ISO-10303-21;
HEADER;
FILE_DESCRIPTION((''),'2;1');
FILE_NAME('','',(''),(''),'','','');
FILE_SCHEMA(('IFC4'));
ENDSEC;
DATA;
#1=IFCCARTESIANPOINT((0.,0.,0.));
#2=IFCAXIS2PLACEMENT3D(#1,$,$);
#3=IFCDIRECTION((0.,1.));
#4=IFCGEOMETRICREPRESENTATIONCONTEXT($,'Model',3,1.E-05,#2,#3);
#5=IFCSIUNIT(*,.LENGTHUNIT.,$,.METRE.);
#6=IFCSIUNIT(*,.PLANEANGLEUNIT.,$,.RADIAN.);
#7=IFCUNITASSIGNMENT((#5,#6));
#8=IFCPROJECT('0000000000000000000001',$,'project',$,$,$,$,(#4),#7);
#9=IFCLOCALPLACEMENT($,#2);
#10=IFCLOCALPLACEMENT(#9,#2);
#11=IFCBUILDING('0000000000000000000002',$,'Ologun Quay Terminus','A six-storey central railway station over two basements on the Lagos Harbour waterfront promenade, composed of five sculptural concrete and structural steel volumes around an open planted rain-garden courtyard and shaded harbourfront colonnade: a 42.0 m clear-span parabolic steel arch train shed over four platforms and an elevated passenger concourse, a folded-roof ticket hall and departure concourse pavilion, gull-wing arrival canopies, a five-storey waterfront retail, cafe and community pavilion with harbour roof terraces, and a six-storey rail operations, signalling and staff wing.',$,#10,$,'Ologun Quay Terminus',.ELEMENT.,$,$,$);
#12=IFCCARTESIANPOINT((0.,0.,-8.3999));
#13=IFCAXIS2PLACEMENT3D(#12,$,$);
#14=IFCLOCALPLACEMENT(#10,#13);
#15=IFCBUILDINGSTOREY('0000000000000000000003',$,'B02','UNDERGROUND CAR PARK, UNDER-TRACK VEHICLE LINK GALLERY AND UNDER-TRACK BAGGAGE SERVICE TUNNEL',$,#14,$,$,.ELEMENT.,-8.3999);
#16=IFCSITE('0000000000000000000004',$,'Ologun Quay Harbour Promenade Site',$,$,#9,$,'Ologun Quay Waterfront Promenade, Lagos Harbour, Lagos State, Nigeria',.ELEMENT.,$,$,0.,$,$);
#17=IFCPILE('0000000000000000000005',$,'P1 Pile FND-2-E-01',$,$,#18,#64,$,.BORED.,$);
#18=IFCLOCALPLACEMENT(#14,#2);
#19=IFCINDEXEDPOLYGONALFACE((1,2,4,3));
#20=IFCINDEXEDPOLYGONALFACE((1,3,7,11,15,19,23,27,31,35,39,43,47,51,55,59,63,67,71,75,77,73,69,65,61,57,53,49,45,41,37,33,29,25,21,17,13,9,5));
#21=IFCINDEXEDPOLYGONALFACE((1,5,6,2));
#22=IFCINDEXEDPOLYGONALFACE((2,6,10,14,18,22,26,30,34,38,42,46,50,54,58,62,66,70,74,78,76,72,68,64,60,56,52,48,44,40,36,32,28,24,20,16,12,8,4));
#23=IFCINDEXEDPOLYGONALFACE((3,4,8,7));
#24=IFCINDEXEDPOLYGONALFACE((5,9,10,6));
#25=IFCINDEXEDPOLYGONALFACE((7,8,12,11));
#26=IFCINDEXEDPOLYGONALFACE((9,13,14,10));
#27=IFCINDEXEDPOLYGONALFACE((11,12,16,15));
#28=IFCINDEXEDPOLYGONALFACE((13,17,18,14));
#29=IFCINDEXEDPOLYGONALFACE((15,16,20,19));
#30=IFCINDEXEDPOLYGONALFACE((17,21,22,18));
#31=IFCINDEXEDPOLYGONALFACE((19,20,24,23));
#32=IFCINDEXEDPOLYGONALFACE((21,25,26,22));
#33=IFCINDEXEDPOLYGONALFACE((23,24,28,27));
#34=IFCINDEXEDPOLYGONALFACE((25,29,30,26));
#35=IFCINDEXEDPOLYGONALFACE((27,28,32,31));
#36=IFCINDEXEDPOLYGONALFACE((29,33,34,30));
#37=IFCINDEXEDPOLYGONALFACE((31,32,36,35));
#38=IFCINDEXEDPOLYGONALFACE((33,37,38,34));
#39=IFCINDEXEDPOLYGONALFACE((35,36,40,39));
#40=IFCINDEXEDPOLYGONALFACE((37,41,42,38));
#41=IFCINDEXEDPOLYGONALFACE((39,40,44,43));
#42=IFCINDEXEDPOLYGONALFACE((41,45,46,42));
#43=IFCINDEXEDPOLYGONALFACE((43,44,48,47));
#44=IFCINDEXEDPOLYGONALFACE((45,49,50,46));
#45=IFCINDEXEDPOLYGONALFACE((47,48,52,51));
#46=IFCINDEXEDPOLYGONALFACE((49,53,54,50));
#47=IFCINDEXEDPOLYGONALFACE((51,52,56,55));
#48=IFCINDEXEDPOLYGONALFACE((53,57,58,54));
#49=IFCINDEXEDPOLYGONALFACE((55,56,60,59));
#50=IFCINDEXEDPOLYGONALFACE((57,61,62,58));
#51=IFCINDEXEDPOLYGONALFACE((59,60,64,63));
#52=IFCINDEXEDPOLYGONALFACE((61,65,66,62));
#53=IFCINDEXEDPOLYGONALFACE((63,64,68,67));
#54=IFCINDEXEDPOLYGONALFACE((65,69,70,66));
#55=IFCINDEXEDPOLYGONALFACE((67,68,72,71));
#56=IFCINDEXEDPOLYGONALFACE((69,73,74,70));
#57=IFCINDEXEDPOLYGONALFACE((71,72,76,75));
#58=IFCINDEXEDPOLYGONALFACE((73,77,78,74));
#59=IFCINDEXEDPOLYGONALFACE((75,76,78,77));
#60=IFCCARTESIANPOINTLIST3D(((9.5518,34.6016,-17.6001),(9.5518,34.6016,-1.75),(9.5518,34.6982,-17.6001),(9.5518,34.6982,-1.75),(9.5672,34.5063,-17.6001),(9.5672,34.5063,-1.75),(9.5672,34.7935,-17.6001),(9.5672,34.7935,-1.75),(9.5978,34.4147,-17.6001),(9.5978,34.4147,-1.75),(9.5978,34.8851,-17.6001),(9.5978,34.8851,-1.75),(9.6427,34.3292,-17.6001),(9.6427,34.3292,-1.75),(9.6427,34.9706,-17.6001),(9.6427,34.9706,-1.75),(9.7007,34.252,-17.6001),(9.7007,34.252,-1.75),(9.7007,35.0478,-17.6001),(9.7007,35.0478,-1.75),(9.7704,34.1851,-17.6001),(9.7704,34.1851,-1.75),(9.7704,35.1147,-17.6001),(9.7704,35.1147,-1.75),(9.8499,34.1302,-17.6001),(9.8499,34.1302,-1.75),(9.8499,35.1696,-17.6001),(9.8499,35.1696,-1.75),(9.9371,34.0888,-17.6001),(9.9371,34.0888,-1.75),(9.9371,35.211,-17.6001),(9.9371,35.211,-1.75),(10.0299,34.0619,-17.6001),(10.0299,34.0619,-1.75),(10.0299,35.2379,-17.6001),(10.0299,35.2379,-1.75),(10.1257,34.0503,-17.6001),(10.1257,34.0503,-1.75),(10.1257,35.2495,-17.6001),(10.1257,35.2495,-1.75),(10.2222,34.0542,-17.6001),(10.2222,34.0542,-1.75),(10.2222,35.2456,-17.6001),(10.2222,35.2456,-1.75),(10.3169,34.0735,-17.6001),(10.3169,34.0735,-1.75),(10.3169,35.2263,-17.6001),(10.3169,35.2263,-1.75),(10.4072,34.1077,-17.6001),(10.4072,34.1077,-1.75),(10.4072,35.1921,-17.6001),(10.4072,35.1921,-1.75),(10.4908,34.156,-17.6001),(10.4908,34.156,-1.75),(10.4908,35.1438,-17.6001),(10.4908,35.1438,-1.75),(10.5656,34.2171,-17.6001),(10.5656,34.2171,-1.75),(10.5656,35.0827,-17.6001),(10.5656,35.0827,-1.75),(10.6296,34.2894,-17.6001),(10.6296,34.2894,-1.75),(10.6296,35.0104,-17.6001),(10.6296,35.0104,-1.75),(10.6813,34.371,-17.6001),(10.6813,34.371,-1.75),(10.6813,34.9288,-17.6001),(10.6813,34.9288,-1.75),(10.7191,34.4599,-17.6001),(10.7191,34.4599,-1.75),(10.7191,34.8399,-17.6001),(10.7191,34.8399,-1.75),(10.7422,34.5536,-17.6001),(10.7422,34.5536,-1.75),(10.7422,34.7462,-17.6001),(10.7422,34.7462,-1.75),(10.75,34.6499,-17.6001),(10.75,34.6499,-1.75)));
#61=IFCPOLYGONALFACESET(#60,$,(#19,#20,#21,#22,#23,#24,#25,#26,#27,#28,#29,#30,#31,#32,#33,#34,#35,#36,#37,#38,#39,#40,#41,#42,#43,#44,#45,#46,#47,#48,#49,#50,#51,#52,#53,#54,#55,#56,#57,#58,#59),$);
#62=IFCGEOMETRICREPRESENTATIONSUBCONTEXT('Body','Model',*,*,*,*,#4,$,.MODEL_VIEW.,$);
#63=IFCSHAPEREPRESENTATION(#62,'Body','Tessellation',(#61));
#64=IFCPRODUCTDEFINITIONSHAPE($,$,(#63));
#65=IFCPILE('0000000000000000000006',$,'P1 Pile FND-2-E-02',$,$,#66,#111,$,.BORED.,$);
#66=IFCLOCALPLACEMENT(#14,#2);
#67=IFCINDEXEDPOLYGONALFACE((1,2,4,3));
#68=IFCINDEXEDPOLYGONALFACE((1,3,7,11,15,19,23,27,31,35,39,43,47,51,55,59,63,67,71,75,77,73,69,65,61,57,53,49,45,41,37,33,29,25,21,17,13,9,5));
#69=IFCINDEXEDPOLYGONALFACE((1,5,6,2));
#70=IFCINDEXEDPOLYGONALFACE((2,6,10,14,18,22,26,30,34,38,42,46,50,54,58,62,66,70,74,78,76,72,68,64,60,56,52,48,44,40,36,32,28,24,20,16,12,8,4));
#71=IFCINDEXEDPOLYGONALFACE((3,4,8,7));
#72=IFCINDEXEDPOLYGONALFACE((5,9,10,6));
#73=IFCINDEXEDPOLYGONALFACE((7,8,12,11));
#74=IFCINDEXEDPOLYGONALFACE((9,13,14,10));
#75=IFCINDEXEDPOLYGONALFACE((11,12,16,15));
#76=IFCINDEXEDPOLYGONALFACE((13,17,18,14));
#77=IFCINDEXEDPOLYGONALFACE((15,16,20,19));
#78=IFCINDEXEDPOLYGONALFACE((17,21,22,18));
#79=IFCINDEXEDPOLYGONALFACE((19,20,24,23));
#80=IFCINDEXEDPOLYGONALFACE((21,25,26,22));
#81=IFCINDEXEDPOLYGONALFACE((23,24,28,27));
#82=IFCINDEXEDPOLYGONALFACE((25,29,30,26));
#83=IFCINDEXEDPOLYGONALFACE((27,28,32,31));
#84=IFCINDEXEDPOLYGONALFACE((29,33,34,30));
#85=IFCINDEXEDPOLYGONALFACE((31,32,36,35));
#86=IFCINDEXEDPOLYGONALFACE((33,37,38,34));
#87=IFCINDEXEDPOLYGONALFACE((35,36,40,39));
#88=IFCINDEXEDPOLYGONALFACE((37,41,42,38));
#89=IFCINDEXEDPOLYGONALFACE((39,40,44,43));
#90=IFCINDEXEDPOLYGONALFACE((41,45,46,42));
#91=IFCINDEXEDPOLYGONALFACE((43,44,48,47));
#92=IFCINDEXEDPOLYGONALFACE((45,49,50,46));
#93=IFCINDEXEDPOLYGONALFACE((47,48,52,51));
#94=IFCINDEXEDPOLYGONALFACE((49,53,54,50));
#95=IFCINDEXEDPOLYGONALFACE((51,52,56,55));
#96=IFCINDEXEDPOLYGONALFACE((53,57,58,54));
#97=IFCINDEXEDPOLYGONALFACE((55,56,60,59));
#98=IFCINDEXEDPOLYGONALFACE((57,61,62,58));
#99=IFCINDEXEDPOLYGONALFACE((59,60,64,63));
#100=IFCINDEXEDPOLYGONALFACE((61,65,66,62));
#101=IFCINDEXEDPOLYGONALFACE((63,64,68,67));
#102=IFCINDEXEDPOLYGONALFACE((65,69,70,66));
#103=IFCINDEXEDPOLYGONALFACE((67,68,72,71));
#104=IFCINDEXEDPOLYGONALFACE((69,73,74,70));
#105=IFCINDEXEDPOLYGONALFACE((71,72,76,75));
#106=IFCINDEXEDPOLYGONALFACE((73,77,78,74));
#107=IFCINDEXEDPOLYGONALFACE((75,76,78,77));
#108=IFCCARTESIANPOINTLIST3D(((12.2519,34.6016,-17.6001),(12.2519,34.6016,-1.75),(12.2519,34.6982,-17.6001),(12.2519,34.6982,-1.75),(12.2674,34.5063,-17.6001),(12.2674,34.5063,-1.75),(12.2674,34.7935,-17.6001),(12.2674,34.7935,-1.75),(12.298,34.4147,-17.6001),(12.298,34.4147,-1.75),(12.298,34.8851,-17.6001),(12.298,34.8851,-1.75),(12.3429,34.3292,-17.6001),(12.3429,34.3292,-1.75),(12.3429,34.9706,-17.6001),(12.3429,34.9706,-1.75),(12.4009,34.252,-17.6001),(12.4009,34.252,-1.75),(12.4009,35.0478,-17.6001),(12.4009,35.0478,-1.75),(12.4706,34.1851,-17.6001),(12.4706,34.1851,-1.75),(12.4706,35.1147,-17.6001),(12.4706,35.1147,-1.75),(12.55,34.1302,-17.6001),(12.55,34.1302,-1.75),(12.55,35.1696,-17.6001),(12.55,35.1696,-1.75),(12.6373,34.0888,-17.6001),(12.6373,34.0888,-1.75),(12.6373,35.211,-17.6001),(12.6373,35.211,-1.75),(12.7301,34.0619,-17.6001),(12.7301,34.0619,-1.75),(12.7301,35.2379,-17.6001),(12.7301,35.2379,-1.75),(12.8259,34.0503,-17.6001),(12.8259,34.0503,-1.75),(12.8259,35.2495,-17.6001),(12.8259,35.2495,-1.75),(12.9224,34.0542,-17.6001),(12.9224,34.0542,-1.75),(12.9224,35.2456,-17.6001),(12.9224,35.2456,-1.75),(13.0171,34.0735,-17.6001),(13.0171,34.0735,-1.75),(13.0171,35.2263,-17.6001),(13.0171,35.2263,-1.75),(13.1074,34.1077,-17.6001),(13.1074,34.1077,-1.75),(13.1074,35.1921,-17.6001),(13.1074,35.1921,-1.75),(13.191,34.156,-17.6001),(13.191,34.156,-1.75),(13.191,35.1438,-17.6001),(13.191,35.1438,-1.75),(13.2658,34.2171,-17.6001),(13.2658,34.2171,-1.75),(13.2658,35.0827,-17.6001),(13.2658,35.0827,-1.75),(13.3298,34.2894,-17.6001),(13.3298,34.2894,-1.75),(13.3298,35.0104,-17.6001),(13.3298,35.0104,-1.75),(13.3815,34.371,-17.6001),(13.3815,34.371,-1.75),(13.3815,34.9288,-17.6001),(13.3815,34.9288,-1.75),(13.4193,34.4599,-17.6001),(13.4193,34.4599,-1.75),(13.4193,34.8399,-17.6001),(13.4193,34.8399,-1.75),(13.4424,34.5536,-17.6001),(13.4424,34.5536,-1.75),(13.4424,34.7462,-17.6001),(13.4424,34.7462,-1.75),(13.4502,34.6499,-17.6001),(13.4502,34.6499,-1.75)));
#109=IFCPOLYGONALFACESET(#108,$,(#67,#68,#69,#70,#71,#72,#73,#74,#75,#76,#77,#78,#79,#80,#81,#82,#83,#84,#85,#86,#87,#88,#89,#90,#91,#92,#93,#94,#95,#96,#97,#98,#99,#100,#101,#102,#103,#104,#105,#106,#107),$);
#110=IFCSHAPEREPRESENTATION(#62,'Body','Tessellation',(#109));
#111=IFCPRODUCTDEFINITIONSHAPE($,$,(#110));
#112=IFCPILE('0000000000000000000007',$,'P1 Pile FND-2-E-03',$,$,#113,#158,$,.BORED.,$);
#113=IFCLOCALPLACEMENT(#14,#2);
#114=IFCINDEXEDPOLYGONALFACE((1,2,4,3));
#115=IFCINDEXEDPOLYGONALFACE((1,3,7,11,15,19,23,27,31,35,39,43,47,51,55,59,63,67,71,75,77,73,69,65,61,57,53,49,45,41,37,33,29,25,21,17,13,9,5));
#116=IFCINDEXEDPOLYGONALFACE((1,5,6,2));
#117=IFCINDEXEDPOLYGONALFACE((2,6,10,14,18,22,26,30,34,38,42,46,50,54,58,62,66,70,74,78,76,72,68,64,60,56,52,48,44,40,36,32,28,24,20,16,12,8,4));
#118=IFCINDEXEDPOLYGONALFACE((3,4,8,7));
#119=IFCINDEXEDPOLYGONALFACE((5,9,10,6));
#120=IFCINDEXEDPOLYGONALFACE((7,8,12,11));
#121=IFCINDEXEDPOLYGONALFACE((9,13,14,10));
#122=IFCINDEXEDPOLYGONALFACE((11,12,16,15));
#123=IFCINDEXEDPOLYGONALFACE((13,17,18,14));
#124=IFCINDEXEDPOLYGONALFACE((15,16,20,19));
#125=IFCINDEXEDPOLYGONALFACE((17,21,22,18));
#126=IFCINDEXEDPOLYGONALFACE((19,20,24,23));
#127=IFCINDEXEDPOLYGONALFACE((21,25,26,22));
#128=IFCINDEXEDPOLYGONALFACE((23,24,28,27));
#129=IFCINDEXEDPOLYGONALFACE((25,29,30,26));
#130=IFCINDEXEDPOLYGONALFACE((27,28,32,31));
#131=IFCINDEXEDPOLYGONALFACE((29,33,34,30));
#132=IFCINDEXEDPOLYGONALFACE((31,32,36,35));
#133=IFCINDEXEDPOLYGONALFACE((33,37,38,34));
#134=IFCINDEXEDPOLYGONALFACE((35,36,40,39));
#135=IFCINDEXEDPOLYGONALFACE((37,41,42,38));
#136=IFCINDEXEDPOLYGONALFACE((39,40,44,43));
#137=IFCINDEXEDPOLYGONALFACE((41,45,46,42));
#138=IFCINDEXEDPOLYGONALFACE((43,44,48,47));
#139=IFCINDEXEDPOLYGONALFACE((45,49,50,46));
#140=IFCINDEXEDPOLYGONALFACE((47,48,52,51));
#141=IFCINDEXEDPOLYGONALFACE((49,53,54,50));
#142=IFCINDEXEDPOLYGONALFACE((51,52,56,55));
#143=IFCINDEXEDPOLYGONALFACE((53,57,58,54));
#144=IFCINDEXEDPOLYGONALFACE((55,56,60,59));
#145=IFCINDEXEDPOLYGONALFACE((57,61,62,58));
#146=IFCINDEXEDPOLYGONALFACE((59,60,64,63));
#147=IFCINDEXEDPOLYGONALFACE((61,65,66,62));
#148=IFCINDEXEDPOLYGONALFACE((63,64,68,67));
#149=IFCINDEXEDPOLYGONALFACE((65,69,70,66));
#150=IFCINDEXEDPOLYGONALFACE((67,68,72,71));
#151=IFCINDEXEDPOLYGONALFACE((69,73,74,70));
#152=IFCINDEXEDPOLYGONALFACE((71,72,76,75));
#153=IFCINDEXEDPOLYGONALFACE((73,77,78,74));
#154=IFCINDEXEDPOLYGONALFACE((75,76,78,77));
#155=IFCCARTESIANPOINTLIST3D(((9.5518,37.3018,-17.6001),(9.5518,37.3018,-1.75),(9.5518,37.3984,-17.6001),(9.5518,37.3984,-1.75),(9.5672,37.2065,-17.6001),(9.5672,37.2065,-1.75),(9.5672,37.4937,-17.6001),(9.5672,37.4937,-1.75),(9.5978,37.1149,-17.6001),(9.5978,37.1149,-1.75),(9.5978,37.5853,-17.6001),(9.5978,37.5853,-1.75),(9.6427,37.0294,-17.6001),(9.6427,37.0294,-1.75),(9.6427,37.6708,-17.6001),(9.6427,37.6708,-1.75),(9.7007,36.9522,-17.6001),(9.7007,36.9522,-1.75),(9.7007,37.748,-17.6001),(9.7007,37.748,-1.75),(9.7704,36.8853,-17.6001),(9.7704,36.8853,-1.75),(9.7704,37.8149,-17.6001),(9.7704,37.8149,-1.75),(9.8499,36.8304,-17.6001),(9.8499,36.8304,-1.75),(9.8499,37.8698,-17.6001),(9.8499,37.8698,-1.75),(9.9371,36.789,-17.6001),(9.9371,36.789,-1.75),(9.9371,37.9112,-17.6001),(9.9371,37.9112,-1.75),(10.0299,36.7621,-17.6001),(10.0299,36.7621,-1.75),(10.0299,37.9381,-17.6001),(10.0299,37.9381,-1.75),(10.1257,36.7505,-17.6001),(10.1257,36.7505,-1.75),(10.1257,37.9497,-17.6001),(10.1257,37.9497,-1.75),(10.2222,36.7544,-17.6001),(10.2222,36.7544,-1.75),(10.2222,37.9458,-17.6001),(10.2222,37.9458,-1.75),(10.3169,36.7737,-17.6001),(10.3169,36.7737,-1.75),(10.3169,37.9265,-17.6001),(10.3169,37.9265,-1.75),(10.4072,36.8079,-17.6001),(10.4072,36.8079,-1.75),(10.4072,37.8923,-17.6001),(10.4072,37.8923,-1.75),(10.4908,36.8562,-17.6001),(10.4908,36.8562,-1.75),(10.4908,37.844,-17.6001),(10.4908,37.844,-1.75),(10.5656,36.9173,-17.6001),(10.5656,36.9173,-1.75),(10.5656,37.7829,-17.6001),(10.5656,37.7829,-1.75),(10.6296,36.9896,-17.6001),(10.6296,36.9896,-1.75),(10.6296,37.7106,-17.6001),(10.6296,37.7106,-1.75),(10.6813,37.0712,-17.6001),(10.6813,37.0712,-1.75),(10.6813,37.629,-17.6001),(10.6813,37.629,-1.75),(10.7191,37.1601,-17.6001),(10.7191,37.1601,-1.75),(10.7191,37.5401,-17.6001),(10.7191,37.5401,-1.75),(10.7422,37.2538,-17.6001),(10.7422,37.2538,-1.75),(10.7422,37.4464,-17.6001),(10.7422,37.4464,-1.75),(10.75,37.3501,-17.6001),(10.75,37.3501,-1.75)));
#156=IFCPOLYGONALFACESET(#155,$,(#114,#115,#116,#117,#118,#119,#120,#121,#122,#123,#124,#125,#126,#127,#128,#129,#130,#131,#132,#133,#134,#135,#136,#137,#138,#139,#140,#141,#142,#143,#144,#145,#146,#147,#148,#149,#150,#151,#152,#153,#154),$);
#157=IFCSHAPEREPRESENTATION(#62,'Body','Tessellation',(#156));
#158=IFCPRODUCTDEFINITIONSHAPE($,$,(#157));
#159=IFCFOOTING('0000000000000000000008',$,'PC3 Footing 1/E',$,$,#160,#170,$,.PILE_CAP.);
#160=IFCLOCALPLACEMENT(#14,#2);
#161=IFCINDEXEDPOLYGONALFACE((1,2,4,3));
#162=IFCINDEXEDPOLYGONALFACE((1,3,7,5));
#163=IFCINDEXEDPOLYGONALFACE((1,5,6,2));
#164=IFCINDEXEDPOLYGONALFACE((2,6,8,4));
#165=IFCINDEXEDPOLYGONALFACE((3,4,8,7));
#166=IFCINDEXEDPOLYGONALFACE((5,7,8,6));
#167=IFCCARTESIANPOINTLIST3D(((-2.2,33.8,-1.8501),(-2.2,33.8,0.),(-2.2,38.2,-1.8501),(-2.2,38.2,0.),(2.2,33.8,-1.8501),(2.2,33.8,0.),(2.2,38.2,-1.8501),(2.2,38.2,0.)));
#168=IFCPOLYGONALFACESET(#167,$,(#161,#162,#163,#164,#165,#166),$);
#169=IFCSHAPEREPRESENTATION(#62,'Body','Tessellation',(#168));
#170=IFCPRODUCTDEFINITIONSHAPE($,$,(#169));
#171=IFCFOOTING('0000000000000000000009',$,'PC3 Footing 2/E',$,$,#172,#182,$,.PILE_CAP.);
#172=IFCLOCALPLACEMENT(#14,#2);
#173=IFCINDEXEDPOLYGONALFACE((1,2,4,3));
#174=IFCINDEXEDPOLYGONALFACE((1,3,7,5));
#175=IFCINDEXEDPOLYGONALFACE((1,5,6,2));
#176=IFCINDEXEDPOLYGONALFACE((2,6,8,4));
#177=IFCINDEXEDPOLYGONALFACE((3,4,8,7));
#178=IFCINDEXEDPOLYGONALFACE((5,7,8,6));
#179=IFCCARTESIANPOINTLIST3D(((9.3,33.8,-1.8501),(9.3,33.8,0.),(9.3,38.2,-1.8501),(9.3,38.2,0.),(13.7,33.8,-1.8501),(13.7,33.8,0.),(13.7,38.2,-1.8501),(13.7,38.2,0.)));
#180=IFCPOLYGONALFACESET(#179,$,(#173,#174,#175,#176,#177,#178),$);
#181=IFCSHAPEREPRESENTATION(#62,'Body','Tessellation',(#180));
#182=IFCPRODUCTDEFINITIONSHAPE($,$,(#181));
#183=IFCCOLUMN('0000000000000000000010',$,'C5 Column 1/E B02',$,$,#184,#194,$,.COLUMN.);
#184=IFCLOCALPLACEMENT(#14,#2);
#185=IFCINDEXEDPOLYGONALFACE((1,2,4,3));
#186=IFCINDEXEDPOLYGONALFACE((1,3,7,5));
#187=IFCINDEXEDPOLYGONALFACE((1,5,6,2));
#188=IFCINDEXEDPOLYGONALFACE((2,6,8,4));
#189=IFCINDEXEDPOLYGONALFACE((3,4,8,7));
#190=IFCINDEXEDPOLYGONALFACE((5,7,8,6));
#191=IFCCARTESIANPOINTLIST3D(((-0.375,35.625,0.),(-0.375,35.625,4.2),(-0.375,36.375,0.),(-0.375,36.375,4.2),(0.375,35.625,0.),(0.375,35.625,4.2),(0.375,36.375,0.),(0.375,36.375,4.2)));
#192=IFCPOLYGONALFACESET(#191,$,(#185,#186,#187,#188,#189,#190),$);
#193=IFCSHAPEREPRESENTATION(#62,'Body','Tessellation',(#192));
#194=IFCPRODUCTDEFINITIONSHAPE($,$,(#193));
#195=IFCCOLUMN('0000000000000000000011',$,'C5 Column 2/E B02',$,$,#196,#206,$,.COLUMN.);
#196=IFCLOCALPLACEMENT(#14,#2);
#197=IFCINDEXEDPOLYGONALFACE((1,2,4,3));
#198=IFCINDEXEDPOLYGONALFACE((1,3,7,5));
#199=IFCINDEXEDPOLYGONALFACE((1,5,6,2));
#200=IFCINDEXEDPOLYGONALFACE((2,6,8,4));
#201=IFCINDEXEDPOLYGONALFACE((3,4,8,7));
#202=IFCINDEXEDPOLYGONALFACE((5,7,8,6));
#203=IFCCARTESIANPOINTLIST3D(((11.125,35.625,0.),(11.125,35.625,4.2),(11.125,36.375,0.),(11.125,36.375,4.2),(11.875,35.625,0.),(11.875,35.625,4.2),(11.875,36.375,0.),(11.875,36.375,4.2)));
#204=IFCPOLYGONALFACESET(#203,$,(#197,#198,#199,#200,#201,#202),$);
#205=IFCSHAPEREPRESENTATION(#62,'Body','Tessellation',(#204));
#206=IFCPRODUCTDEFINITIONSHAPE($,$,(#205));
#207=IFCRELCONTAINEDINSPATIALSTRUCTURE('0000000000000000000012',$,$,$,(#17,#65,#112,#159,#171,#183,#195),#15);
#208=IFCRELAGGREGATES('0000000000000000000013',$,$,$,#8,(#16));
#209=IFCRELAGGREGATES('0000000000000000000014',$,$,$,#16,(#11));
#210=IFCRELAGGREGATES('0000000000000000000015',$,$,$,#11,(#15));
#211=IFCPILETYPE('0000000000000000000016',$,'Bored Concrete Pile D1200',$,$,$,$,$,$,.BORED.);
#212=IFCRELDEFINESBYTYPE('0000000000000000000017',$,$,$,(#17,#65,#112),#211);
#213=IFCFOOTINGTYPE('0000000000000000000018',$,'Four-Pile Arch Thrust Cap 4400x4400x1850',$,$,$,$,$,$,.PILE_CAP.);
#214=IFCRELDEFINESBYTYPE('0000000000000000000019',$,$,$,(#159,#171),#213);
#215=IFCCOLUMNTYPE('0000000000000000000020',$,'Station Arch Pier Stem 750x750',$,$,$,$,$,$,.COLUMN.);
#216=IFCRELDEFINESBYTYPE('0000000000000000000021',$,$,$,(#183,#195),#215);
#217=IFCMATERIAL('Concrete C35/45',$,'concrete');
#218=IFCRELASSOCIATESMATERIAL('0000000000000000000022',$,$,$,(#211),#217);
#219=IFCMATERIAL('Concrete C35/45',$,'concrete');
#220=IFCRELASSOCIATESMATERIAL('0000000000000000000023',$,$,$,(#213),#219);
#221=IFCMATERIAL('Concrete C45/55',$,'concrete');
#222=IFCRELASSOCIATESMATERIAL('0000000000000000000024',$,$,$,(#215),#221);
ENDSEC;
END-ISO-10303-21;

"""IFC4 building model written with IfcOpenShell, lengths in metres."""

from ifc_helpers import new_model, si_unit, direction, frame, origin, origin_2d, place, context, subcontext, project, spatial, rectangle, circle, extrude, material, material_profile, profile_set, type_object, element, save


model = new_model("IFC4")

# Units and contexts
model_context = context("Model", 3, precision=1e-05, world=origin(), true_north=direction((0.0, 1.0)))
body_context = subcontext(model_context, "Body", "Model", "MODEL_VIEW")
ifc_project = project(units=[si_unit("LENGTHUNIT", "METRE"), si_unit("PLANEANGLEUNIT", "RADIAN")], contexts=[model_context])

# Site, building, storey
site_placement = place(None, origin())
site = spatial("IfcSite", under=ifc_project, at=site_placement, Name="Ologun Quay Harbour Promenade Site", LongName="Ologun Quay Waterfront Promenade, Lagos Harbour, Lagos State, Nigeria", CompositionType="ELEMENT", RefElevation=0.0)
building_placement = place(site_placement, origin())
building = spatial("IfcBuilding", under=site, at=building_placement, Name="Ologun Quay Terminus", Description="A six-storey central railway station over two basements on the Lagos Harbour waterfront promenade, composed of five sculptural concrete and structural steel volumes around an open planted rain-garden courtyard and shaded harbourfront colonnade: a 42.0 m clear-span parabolic steel arch train shed over four platforms and an elevated passenger concourse, a folded-roof ticket hall and departure concourse pavilion, gull-wing arrival canopies, a five-storey waterfront retail, cafe and community pavilion with harbour roof terraces, and a six-storey rail operations, signalling and staff wing.", LongName="Ologun Quay Terminus", CompositionType="ELEMENT")
storey_placement = place(building_placement, frame((0.0, 0.0, -8.3999)))
storey = spatial("IfcBuildingStorey", under=building, at=storey_placement, Name="B02", Description="UNDERGROUND CAR PARK, UNDER-TRACK VEHICLE LINK GALLERY AND UNDER-TRACK BAGGAGE SERVICE TUNNEL", CompositionType="ELEMENT", Elevation=-8.3999)

# Piles
ifc_material_1 = material(Name="Concrete C35/45", Category="concrete")
ifc_material_profile_1 = material_profile(ifc_material_1, circle(Radius=0.6001, at=origin_2d()), Name="PILE D1200")
ifc_profile_set_1 = profile_set([ifc_material_profile_1], Name="Concrete C35/45")
pile_type_1 = type_object("IfcPileType", Name="Bored Concrete Pile D1200", PredefinedType="BORED", material=ifc_profile_set_1)
for number, where, z_axis, x_axis, name in (
    (1, (10.1499, 34.6499, -1.75), (0.0, 0.0, -1.0), (1.0, 0.0, 0.0), "P1 Pile FND-2-E-01"),
    (2, (12.8501, 34.6499, -1.75), (0.0, 0.0, -1.0), (1.0, 0.0, 0.0), "P1 Pile FND-2-E-02"),
    (3, (10.1499, 37.3501, -1.75), (0.0, 0.0, -1.0), (1.0, 0.0, 0.0), "P1 Pile FND-2-E-03"),
):
    element("IfcPile", number, at=place(storey_placement, frame(where, z_axis=z_axis, x_axis=x_axis)), inside=storey, type_object=pile_type_1, Name=name, PredefinedType="BORED", context=body_context, shape_type="SweptSolid", body=[
        extrude(circle(Radius=0.6001, at=origin_2d()), origin(), (0.0, 0.0, 1.0), 15.8501),
    ])

# Footings
ifc_material_2 = material(Name="Concrete C35/45", Category="concrete")
footing_type = type_object("IfcFootingType", Name="Four-Pile Arch Thrust Cap 4400x4400x1850", PredefinedType="PILE_CAP", material=ifc_material_2)
for number, where, z_axis, x_axis, name in (
    (4, (0.0, 36.0, -1.8501), (0.0, 0.0, 1.0), (1.0, 0.0, 0.0), "PC3 Footing 1/E"),
    (5, (11.5, 36.0, -1.8501), (0.0, 0.0, 1.0), (1.0, 0.0, 0.0), "PC3 Footing 2/E"),
):
    element("IfcFooting", number, at=place(storey_placement, frame(where, z_axis=z_axis, x_axis=x_axis)), inside=storey, type_object=footing_type, Name=name, PredefinedType="PILE_CAP", context=body_context, shape_type="SweptSolid", body=[
        extrude(rectangle(XDim=4.3999, YDim=4.3999, at=origin_2d()), origin(), (0.0, 0.0, 1.0), 1.8501),
    ])

# Columns
ifc_material_3 = material(Name="Concrete C45/55", Category="concrete")
ifc_material_profile_2 = material_profile(ifc_material_3, rectangle(XDim=0.75, YDim=0.75, at=origin_2d()), Name="RC 750x750")
ifc_profile_set_2 = profile_set([ifc_material_profile_2], Name="Concrete C45/55")
column_type_1 = type_object("IfcColumnType", Name="Station Arch Pier Stem 750x750", PredefinedType="COLUMN", material=ifc_profile_set_2)
for number, where, z_axis, x_axis, name in (
    (6, (0.0, 36.0, 0.0), (0.0, 0.0, 1.0), (1.0, 0.0, 0.0), "C5 Column 1/E B02"),
    (7, (11.5, 36.0, 0.0), (0.0, 0.0, 1.0), (1.0, 0.0, 0.0), "C5 Column 2/E B02"),
):
    element("IfcColumn", number, at=place(storey_placement, frame(where, z_axis=z_axis, x_axis=x_axis)), inside=storey, type_object=column_type_1, Name=name, PredefinedType="COLUMN", context=body_context, shape_type="SweptSolid", body=[
        extrude(rectangle(XDim=0.75, YDim=0.75, at=origin_2d()), origin(), (0.0, 0.0, 1.0), 4.2),
    ])

save(model, "model.ifc")
